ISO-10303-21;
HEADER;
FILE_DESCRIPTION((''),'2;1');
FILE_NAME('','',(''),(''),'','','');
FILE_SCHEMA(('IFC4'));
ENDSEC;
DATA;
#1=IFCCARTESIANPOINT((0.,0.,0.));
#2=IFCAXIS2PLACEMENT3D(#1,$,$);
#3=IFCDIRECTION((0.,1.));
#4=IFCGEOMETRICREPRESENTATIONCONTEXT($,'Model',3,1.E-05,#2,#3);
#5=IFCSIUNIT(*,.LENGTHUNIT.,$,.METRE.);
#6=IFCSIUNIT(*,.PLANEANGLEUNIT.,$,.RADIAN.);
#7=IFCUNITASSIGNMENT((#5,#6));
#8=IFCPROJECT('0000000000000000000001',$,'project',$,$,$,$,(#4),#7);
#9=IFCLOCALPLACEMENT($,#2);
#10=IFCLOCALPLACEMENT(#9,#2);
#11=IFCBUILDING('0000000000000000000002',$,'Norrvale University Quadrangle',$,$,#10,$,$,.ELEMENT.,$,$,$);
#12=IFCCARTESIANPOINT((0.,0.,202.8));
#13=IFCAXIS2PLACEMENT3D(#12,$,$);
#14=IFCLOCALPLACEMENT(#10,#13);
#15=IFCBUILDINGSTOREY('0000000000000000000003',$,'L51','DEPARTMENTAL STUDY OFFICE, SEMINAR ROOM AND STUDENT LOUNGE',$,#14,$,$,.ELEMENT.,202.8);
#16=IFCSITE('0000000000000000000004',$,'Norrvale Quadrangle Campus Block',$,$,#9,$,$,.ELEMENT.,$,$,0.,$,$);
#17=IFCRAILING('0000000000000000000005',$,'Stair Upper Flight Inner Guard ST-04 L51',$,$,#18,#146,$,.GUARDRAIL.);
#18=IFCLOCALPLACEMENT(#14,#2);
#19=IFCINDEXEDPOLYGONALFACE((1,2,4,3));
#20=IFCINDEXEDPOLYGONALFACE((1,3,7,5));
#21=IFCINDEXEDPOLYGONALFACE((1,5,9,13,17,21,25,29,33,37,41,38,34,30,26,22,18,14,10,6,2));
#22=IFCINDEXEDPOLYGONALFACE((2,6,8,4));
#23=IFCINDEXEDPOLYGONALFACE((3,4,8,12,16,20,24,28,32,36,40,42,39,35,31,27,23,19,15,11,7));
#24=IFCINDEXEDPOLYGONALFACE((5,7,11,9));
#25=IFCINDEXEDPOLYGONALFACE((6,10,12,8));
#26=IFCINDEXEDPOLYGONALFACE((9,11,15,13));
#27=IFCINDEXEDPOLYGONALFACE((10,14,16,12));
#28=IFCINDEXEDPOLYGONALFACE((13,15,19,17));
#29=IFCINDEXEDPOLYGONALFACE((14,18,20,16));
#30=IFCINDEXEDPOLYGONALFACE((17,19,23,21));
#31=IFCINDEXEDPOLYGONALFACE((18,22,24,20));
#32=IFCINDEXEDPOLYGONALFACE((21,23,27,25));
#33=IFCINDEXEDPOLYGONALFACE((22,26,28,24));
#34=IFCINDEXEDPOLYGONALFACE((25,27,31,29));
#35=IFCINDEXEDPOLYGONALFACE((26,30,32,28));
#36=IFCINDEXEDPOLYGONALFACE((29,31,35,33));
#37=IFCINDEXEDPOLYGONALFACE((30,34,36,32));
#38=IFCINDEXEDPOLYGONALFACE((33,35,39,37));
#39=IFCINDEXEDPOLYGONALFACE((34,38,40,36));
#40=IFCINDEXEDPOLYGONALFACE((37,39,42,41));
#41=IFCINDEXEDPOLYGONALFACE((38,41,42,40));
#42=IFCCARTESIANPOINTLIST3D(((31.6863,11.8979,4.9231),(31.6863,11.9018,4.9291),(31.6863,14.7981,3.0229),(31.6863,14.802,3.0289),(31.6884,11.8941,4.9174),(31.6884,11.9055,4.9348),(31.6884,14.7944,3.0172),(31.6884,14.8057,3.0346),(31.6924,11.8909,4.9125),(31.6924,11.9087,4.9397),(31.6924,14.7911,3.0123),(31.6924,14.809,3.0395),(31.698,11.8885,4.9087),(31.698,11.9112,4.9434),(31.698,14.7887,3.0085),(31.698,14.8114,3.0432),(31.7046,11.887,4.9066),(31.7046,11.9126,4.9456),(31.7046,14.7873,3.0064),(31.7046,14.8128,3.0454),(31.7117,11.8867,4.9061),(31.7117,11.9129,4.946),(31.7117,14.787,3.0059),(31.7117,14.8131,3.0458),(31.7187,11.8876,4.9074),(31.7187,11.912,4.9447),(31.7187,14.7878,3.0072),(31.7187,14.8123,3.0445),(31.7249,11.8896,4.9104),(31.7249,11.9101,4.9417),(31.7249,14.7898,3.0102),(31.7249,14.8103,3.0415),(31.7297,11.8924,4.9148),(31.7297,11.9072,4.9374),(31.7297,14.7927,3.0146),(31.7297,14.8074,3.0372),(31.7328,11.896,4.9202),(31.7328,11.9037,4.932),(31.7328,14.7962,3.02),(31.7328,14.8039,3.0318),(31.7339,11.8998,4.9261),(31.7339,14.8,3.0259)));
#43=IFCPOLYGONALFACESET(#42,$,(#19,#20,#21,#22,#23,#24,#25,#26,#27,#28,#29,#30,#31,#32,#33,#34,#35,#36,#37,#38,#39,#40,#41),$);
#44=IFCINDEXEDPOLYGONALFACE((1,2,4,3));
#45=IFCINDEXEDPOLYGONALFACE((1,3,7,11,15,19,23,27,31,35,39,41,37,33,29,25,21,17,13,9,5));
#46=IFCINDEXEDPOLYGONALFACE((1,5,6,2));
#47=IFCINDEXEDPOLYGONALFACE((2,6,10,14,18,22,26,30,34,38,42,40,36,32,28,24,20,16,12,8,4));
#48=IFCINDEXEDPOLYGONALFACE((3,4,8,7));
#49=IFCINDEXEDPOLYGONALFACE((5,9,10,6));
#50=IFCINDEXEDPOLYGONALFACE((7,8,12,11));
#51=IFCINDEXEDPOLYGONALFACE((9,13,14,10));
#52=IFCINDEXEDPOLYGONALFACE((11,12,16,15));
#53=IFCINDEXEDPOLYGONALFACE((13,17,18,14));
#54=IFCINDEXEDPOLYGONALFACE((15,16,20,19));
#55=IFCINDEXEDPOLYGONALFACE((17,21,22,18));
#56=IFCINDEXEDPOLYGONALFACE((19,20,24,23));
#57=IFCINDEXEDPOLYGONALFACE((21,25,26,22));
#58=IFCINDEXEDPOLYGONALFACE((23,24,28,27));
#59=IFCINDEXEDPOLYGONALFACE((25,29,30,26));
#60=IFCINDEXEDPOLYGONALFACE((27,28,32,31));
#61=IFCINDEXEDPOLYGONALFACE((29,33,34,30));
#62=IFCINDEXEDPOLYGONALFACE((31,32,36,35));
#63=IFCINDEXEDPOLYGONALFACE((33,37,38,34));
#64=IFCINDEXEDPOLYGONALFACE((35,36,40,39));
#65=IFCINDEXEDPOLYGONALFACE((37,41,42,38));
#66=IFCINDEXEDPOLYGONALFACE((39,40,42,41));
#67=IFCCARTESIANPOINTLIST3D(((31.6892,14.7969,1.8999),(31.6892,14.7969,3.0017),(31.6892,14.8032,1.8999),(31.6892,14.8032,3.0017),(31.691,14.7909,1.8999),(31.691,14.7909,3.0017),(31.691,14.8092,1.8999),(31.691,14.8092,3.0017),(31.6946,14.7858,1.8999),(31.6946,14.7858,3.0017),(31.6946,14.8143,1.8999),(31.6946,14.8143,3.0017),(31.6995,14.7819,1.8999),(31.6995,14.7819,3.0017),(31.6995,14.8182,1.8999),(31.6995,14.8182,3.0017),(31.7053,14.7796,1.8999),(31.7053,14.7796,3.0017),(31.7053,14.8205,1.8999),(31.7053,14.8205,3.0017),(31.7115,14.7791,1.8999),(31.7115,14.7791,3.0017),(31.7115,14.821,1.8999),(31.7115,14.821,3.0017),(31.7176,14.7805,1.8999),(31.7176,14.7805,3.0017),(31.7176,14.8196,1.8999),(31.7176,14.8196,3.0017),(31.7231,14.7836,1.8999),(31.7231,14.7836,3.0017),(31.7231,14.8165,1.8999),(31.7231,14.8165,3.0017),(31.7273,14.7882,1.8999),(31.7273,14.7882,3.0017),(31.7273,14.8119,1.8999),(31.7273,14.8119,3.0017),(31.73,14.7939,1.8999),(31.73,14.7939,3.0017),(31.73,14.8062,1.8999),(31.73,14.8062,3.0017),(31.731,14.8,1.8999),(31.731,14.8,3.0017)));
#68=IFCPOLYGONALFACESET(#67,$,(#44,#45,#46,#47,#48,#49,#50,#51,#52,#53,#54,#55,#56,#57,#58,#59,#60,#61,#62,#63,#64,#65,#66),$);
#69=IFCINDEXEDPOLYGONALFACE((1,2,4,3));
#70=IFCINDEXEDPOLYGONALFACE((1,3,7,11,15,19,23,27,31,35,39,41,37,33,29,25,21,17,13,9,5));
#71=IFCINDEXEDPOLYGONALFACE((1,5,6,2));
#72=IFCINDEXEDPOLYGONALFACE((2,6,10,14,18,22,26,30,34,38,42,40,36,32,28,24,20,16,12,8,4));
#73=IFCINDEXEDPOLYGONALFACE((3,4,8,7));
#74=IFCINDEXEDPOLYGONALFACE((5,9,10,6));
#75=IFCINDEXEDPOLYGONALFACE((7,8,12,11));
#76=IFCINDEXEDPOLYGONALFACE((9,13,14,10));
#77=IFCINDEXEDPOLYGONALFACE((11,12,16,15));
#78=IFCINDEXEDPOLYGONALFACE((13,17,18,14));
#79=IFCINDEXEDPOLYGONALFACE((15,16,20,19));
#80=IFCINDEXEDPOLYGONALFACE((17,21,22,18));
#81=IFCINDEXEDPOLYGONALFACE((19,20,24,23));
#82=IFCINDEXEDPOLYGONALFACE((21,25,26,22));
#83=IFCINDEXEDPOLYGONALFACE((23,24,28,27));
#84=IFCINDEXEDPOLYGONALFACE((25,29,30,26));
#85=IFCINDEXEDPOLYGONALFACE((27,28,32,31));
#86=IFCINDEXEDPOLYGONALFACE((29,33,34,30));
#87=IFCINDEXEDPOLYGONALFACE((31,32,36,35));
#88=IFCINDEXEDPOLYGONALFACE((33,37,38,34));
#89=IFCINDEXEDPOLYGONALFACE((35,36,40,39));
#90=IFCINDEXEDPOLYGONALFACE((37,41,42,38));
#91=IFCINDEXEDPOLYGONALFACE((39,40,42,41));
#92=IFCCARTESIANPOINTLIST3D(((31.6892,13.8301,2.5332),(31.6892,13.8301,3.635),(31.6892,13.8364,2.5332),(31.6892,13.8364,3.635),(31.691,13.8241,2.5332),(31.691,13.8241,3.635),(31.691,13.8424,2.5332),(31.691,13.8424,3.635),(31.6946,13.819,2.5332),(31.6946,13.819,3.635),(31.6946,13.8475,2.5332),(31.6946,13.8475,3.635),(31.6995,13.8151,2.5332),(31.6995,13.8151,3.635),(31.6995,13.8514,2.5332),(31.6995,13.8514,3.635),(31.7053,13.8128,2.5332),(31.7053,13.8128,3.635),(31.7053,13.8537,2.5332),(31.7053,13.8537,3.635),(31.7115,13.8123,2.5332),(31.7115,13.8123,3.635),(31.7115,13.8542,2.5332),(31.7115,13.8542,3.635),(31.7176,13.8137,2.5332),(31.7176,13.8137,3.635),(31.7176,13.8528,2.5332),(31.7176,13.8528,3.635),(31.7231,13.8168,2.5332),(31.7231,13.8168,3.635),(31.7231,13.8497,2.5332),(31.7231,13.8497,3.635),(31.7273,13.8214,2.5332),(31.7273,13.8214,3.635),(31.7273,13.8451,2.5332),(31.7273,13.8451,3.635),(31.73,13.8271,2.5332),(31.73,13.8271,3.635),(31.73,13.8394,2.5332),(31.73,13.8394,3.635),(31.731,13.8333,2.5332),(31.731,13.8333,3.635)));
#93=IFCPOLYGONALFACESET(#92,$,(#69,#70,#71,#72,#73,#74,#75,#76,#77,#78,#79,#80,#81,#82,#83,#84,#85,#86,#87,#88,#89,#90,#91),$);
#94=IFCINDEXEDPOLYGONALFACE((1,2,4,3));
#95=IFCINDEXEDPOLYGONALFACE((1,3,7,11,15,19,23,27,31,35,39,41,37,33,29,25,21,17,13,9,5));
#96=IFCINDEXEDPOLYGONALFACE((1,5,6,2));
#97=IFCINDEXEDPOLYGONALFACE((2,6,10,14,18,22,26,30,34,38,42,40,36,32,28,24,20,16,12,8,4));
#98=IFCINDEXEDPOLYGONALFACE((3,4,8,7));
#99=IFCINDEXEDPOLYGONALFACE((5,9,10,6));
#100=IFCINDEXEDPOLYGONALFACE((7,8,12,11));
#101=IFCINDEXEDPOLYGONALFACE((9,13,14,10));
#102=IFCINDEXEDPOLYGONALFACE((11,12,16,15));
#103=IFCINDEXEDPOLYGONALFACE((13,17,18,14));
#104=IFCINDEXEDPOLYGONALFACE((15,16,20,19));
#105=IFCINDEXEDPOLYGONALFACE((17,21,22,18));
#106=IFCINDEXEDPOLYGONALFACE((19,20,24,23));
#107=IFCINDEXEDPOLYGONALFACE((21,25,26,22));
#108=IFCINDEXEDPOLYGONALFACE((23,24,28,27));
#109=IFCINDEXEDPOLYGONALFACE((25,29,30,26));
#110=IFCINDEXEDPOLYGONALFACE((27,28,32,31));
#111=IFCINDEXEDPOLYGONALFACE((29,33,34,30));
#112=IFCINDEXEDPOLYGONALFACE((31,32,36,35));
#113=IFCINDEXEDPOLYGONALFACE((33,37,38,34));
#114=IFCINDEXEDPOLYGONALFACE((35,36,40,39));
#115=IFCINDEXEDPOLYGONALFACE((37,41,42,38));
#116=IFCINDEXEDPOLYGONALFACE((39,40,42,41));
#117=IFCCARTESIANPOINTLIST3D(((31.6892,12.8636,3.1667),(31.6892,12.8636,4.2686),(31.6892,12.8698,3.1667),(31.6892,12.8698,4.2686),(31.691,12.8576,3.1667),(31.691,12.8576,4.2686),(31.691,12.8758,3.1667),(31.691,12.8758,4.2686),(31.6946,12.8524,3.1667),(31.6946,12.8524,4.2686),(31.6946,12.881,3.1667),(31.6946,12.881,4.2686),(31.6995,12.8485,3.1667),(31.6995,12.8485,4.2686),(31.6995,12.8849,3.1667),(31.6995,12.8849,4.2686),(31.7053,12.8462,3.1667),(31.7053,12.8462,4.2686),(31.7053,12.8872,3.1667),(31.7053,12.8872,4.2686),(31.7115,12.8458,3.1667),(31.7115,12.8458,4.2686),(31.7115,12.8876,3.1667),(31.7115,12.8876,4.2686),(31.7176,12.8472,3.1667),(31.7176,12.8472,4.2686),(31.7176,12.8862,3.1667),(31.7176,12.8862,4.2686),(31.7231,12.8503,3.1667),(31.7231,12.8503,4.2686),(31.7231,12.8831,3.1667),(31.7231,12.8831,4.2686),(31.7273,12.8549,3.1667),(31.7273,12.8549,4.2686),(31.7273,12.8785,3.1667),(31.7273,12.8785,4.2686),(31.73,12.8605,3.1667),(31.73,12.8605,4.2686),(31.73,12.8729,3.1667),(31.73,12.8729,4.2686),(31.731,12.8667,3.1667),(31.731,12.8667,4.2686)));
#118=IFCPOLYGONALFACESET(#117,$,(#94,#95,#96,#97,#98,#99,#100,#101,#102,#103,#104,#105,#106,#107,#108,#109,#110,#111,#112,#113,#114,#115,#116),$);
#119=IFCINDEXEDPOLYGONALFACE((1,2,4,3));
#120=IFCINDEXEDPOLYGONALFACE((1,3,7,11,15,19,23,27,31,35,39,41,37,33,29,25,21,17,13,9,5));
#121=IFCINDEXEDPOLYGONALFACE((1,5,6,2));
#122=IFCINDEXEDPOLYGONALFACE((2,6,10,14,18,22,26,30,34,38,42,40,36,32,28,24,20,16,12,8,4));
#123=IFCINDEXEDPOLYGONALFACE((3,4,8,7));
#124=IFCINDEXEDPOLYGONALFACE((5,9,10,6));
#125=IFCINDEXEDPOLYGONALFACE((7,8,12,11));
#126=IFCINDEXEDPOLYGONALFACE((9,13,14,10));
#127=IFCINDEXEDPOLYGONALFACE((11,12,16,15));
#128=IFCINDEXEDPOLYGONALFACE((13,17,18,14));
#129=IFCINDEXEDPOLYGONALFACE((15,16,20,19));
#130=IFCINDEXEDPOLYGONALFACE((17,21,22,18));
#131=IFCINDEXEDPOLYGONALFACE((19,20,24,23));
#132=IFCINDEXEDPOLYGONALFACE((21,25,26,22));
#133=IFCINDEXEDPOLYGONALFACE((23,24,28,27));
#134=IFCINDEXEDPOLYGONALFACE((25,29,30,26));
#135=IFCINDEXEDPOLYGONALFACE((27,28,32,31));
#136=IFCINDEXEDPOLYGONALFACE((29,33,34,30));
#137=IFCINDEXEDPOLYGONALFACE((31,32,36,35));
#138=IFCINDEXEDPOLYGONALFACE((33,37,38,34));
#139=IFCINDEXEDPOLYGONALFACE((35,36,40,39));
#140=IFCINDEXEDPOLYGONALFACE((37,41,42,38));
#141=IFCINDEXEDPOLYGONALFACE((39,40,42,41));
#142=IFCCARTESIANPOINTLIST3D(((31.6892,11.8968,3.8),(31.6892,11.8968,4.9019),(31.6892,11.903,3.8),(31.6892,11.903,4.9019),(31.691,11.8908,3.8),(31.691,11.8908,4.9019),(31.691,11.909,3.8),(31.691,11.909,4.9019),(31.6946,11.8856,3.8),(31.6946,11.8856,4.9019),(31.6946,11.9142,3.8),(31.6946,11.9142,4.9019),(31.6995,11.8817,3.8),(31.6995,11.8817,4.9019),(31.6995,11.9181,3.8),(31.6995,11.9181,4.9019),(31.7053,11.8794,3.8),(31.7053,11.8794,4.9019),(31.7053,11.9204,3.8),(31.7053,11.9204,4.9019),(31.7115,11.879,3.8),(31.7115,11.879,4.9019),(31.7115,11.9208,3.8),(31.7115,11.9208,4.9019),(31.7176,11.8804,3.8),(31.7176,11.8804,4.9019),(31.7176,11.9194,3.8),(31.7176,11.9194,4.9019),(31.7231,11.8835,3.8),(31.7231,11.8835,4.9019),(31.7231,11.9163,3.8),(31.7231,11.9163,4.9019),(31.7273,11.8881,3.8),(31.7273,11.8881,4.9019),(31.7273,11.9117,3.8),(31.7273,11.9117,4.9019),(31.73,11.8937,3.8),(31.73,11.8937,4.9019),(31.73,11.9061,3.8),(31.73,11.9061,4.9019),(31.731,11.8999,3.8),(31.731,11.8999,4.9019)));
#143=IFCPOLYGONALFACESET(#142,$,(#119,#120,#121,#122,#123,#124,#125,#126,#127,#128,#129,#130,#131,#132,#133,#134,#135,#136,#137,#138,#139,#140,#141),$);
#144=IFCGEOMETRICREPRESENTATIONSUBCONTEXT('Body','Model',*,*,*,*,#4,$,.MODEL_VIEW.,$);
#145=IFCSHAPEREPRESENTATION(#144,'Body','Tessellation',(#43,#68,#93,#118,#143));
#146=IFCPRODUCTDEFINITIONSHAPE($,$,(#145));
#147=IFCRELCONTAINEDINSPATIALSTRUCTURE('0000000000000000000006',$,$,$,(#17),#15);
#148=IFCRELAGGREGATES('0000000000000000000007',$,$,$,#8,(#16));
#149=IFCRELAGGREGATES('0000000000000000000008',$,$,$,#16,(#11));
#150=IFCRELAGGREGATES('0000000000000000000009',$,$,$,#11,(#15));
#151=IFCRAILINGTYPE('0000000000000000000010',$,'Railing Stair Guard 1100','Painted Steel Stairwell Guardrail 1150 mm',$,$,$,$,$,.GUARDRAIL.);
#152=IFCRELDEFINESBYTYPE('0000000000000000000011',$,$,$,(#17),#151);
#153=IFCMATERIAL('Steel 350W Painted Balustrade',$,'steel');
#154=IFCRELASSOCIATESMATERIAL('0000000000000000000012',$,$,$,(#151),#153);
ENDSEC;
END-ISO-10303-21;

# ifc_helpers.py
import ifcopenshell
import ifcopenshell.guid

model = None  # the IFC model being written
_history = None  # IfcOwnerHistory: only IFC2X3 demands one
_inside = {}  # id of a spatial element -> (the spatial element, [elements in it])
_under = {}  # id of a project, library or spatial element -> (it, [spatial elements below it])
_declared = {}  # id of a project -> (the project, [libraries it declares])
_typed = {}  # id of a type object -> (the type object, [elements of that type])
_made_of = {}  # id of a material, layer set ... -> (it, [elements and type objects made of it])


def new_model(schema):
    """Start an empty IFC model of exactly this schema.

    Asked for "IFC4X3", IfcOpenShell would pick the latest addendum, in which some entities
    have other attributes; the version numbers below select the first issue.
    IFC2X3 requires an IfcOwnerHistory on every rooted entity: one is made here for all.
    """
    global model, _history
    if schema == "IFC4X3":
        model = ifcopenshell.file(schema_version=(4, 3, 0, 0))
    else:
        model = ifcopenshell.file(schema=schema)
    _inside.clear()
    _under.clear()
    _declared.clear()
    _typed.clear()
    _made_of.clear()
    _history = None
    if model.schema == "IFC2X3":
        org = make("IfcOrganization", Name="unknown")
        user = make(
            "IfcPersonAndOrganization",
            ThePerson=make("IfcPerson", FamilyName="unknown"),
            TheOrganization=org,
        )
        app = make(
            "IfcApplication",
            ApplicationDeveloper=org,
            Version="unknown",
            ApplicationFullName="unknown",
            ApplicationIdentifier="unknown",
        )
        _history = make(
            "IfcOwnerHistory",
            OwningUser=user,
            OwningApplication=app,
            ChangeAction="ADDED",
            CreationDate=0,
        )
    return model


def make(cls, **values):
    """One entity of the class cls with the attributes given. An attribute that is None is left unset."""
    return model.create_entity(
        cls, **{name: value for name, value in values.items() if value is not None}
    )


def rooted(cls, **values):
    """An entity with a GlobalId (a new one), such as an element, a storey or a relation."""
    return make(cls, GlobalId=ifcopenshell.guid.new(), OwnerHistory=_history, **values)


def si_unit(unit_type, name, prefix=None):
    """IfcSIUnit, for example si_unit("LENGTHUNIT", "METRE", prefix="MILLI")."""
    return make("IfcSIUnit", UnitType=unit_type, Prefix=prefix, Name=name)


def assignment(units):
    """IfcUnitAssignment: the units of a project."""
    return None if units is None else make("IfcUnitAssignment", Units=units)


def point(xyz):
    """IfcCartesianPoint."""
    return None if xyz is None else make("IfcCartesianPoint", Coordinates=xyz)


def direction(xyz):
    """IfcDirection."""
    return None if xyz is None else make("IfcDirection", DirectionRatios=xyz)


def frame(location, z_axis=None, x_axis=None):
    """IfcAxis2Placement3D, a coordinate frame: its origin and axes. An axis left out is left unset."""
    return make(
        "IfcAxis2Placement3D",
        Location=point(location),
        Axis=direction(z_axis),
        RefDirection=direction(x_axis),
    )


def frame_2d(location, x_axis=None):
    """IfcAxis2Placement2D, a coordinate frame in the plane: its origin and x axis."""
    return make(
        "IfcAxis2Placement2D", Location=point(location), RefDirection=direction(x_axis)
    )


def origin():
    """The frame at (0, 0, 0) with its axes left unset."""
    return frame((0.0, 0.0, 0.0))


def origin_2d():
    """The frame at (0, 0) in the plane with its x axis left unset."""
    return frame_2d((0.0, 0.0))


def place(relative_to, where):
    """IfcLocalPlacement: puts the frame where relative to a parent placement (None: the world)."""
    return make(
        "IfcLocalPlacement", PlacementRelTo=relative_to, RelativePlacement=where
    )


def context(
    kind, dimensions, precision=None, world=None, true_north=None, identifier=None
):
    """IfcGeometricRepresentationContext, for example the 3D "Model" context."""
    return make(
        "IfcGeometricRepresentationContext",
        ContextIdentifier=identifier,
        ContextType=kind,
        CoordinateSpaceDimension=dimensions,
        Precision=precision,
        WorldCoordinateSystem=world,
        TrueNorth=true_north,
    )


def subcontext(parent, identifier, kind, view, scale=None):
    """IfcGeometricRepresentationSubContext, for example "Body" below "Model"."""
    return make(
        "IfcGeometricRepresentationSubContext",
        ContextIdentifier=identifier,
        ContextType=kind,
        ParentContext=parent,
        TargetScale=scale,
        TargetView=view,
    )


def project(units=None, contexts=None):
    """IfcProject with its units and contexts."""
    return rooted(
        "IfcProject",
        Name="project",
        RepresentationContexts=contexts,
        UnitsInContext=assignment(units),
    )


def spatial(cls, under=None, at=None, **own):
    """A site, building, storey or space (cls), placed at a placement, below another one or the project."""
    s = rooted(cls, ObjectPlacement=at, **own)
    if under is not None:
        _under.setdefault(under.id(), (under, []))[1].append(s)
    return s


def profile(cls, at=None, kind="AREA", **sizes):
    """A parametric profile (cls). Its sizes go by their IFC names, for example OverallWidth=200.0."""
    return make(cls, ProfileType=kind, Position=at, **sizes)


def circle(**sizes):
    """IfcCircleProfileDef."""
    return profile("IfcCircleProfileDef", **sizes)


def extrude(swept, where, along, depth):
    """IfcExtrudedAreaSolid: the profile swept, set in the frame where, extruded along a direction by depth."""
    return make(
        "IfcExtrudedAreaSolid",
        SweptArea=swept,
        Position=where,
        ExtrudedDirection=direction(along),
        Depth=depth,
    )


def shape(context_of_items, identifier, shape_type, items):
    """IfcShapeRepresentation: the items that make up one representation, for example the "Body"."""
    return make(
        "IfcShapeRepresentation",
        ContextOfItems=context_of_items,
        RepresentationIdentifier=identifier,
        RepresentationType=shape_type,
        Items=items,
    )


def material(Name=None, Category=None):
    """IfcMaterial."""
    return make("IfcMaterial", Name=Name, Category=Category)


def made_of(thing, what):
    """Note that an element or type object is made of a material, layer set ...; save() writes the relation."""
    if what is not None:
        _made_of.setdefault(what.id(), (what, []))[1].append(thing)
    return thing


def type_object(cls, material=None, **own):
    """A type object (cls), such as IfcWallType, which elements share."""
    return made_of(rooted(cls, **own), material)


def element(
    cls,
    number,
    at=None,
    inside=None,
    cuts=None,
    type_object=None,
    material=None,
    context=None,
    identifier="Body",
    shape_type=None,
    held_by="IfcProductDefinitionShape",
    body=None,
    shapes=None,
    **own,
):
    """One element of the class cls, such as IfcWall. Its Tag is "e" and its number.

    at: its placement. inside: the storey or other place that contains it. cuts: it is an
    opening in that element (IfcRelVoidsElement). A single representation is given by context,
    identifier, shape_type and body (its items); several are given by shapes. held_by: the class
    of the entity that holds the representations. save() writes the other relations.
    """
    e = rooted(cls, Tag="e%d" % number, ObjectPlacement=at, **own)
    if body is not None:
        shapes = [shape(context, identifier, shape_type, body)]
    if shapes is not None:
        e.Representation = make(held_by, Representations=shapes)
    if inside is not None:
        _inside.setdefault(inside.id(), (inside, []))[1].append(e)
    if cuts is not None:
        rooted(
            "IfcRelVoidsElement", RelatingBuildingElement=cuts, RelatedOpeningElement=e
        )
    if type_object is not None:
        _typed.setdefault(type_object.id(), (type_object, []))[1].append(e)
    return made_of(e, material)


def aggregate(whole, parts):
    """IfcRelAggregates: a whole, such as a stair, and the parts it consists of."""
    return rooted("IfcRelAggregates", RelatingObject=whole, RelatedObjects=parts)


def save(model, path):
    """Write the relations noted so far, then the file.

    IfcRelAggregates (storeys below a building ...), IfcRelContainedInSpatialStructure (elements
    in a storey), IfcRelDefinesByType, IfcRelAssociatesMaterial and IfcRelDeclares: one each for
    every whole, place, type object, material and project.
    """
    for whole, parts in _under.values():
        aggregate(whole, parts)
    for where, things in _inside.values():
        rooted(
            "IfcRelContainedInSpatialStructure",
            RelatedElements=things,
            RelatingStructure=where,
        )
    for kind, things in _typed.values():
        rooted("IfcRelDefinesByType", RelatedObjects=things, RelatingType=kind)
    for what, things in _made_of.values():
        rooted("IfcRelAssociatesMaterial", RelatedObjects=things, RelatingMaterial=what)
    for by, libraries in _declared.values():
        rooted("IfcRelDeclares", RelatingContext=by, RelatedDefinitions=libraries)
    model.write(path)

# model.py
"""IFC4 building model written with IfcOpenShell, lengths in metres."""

from ifc_helpers import new_model, si_unit, direction, frame, origin, origin_2d, place, context, subcontext, project, spatial, circle, extrude, material, type_object, element, save


model = new_model("IFC4")

# Units and contexts
model_context = context("Model", 3, precision=1e-05, world=origin(), true_north=direction((0.0, 1.0)))
body_context = subcontext(model_context, "Body", "Model", "MODEL_VIEW")
ifc_project = project(units=[si_unit("LENGTHUNIT", "METRE"), si_unit("PLANEANGLEUNIT", "RADIAN")], contexts=[model_context])

# Site, building, storey
site_placement = place(None, origin())
site = spatial("IfcSite", under=ifc_project, at=site_placement, Name="Norrvale Quadrangle Campus Block", CompositionType="ELEMENT", RefElevation=0.0)
building_placement = place(site_placement, origin())
building = spatial("IfcBuilding", under=site, at=building_placement, Name="Norrvale University Quadrangle", CompositionType="ELEMENT")
storey_placement = place(building_placement, frame((0.0, 0.0, 202.8)))
storey = spatial("IfcBuildingStorey", under=building, at=storey_placement, Name="L51", Description="DEPARTMENTAL STUDY OFFICE, SEMINAR ROOM AND STUDENT LOUNGE", CompositionType="ELEMENT", Elevation=202.8)

# Railing
ifc_material_1 = material(Name="Steel 350W Painted Balustrade", Category="steel")
railing_type_1 = type_object("IfcRailingType", Name="Railing Stair Guard 1100", Description="Painted Steel Stairwell Guardrail 1150 mm", PredefinedType="GUARDRAIL", material=ifc_material_1)
railing_1_placement = place(storey_placement, frame((31.71, 14.8, 1.8999)))
element("IfcRailing", 1, at=railing_1_placement, inside=storey, type_object=railing_type_1, Name="Stair Upper Flight Inner Guard ST-04 L51", PredefinedType="GUARDRAIL", context=body_context, shape_type="SweptSolid", body=[
    extrude(circle(Radius=0.0239, at=origin_2d()), frame((0.0, 0.0, 1.126), z_axis=(0.0, -0.836454, 0.548036), x_axis=(1.0, 0.0, 0.0)), (0.0, 0.0, 1.0), 3.4673),
    extrude(circle(Radius=0.021, at=origin_2d()), origin(), (0.0, 0.0, 1.0), 1.1018),
    extrude(circle(Radius=0.021, at=origin_2d()), frame((0.0, -0.9668, 0.6333)), (0.0, 0.0, 1.0), 1.1018),
    extrude(circle(Radius=0.021, at=origin_2d()), frame((0.0, -1.9333, 1.2668)), (0.0, 0.0, 1.0), 1.1018),
    extrude(circle(Radius=0.021, at=origin_2d()), frame((0.0, -2.9001, 1.9001)), (0.0, 0.0, 1.0), 1.1018),
])

save(model, "model.ifc")
